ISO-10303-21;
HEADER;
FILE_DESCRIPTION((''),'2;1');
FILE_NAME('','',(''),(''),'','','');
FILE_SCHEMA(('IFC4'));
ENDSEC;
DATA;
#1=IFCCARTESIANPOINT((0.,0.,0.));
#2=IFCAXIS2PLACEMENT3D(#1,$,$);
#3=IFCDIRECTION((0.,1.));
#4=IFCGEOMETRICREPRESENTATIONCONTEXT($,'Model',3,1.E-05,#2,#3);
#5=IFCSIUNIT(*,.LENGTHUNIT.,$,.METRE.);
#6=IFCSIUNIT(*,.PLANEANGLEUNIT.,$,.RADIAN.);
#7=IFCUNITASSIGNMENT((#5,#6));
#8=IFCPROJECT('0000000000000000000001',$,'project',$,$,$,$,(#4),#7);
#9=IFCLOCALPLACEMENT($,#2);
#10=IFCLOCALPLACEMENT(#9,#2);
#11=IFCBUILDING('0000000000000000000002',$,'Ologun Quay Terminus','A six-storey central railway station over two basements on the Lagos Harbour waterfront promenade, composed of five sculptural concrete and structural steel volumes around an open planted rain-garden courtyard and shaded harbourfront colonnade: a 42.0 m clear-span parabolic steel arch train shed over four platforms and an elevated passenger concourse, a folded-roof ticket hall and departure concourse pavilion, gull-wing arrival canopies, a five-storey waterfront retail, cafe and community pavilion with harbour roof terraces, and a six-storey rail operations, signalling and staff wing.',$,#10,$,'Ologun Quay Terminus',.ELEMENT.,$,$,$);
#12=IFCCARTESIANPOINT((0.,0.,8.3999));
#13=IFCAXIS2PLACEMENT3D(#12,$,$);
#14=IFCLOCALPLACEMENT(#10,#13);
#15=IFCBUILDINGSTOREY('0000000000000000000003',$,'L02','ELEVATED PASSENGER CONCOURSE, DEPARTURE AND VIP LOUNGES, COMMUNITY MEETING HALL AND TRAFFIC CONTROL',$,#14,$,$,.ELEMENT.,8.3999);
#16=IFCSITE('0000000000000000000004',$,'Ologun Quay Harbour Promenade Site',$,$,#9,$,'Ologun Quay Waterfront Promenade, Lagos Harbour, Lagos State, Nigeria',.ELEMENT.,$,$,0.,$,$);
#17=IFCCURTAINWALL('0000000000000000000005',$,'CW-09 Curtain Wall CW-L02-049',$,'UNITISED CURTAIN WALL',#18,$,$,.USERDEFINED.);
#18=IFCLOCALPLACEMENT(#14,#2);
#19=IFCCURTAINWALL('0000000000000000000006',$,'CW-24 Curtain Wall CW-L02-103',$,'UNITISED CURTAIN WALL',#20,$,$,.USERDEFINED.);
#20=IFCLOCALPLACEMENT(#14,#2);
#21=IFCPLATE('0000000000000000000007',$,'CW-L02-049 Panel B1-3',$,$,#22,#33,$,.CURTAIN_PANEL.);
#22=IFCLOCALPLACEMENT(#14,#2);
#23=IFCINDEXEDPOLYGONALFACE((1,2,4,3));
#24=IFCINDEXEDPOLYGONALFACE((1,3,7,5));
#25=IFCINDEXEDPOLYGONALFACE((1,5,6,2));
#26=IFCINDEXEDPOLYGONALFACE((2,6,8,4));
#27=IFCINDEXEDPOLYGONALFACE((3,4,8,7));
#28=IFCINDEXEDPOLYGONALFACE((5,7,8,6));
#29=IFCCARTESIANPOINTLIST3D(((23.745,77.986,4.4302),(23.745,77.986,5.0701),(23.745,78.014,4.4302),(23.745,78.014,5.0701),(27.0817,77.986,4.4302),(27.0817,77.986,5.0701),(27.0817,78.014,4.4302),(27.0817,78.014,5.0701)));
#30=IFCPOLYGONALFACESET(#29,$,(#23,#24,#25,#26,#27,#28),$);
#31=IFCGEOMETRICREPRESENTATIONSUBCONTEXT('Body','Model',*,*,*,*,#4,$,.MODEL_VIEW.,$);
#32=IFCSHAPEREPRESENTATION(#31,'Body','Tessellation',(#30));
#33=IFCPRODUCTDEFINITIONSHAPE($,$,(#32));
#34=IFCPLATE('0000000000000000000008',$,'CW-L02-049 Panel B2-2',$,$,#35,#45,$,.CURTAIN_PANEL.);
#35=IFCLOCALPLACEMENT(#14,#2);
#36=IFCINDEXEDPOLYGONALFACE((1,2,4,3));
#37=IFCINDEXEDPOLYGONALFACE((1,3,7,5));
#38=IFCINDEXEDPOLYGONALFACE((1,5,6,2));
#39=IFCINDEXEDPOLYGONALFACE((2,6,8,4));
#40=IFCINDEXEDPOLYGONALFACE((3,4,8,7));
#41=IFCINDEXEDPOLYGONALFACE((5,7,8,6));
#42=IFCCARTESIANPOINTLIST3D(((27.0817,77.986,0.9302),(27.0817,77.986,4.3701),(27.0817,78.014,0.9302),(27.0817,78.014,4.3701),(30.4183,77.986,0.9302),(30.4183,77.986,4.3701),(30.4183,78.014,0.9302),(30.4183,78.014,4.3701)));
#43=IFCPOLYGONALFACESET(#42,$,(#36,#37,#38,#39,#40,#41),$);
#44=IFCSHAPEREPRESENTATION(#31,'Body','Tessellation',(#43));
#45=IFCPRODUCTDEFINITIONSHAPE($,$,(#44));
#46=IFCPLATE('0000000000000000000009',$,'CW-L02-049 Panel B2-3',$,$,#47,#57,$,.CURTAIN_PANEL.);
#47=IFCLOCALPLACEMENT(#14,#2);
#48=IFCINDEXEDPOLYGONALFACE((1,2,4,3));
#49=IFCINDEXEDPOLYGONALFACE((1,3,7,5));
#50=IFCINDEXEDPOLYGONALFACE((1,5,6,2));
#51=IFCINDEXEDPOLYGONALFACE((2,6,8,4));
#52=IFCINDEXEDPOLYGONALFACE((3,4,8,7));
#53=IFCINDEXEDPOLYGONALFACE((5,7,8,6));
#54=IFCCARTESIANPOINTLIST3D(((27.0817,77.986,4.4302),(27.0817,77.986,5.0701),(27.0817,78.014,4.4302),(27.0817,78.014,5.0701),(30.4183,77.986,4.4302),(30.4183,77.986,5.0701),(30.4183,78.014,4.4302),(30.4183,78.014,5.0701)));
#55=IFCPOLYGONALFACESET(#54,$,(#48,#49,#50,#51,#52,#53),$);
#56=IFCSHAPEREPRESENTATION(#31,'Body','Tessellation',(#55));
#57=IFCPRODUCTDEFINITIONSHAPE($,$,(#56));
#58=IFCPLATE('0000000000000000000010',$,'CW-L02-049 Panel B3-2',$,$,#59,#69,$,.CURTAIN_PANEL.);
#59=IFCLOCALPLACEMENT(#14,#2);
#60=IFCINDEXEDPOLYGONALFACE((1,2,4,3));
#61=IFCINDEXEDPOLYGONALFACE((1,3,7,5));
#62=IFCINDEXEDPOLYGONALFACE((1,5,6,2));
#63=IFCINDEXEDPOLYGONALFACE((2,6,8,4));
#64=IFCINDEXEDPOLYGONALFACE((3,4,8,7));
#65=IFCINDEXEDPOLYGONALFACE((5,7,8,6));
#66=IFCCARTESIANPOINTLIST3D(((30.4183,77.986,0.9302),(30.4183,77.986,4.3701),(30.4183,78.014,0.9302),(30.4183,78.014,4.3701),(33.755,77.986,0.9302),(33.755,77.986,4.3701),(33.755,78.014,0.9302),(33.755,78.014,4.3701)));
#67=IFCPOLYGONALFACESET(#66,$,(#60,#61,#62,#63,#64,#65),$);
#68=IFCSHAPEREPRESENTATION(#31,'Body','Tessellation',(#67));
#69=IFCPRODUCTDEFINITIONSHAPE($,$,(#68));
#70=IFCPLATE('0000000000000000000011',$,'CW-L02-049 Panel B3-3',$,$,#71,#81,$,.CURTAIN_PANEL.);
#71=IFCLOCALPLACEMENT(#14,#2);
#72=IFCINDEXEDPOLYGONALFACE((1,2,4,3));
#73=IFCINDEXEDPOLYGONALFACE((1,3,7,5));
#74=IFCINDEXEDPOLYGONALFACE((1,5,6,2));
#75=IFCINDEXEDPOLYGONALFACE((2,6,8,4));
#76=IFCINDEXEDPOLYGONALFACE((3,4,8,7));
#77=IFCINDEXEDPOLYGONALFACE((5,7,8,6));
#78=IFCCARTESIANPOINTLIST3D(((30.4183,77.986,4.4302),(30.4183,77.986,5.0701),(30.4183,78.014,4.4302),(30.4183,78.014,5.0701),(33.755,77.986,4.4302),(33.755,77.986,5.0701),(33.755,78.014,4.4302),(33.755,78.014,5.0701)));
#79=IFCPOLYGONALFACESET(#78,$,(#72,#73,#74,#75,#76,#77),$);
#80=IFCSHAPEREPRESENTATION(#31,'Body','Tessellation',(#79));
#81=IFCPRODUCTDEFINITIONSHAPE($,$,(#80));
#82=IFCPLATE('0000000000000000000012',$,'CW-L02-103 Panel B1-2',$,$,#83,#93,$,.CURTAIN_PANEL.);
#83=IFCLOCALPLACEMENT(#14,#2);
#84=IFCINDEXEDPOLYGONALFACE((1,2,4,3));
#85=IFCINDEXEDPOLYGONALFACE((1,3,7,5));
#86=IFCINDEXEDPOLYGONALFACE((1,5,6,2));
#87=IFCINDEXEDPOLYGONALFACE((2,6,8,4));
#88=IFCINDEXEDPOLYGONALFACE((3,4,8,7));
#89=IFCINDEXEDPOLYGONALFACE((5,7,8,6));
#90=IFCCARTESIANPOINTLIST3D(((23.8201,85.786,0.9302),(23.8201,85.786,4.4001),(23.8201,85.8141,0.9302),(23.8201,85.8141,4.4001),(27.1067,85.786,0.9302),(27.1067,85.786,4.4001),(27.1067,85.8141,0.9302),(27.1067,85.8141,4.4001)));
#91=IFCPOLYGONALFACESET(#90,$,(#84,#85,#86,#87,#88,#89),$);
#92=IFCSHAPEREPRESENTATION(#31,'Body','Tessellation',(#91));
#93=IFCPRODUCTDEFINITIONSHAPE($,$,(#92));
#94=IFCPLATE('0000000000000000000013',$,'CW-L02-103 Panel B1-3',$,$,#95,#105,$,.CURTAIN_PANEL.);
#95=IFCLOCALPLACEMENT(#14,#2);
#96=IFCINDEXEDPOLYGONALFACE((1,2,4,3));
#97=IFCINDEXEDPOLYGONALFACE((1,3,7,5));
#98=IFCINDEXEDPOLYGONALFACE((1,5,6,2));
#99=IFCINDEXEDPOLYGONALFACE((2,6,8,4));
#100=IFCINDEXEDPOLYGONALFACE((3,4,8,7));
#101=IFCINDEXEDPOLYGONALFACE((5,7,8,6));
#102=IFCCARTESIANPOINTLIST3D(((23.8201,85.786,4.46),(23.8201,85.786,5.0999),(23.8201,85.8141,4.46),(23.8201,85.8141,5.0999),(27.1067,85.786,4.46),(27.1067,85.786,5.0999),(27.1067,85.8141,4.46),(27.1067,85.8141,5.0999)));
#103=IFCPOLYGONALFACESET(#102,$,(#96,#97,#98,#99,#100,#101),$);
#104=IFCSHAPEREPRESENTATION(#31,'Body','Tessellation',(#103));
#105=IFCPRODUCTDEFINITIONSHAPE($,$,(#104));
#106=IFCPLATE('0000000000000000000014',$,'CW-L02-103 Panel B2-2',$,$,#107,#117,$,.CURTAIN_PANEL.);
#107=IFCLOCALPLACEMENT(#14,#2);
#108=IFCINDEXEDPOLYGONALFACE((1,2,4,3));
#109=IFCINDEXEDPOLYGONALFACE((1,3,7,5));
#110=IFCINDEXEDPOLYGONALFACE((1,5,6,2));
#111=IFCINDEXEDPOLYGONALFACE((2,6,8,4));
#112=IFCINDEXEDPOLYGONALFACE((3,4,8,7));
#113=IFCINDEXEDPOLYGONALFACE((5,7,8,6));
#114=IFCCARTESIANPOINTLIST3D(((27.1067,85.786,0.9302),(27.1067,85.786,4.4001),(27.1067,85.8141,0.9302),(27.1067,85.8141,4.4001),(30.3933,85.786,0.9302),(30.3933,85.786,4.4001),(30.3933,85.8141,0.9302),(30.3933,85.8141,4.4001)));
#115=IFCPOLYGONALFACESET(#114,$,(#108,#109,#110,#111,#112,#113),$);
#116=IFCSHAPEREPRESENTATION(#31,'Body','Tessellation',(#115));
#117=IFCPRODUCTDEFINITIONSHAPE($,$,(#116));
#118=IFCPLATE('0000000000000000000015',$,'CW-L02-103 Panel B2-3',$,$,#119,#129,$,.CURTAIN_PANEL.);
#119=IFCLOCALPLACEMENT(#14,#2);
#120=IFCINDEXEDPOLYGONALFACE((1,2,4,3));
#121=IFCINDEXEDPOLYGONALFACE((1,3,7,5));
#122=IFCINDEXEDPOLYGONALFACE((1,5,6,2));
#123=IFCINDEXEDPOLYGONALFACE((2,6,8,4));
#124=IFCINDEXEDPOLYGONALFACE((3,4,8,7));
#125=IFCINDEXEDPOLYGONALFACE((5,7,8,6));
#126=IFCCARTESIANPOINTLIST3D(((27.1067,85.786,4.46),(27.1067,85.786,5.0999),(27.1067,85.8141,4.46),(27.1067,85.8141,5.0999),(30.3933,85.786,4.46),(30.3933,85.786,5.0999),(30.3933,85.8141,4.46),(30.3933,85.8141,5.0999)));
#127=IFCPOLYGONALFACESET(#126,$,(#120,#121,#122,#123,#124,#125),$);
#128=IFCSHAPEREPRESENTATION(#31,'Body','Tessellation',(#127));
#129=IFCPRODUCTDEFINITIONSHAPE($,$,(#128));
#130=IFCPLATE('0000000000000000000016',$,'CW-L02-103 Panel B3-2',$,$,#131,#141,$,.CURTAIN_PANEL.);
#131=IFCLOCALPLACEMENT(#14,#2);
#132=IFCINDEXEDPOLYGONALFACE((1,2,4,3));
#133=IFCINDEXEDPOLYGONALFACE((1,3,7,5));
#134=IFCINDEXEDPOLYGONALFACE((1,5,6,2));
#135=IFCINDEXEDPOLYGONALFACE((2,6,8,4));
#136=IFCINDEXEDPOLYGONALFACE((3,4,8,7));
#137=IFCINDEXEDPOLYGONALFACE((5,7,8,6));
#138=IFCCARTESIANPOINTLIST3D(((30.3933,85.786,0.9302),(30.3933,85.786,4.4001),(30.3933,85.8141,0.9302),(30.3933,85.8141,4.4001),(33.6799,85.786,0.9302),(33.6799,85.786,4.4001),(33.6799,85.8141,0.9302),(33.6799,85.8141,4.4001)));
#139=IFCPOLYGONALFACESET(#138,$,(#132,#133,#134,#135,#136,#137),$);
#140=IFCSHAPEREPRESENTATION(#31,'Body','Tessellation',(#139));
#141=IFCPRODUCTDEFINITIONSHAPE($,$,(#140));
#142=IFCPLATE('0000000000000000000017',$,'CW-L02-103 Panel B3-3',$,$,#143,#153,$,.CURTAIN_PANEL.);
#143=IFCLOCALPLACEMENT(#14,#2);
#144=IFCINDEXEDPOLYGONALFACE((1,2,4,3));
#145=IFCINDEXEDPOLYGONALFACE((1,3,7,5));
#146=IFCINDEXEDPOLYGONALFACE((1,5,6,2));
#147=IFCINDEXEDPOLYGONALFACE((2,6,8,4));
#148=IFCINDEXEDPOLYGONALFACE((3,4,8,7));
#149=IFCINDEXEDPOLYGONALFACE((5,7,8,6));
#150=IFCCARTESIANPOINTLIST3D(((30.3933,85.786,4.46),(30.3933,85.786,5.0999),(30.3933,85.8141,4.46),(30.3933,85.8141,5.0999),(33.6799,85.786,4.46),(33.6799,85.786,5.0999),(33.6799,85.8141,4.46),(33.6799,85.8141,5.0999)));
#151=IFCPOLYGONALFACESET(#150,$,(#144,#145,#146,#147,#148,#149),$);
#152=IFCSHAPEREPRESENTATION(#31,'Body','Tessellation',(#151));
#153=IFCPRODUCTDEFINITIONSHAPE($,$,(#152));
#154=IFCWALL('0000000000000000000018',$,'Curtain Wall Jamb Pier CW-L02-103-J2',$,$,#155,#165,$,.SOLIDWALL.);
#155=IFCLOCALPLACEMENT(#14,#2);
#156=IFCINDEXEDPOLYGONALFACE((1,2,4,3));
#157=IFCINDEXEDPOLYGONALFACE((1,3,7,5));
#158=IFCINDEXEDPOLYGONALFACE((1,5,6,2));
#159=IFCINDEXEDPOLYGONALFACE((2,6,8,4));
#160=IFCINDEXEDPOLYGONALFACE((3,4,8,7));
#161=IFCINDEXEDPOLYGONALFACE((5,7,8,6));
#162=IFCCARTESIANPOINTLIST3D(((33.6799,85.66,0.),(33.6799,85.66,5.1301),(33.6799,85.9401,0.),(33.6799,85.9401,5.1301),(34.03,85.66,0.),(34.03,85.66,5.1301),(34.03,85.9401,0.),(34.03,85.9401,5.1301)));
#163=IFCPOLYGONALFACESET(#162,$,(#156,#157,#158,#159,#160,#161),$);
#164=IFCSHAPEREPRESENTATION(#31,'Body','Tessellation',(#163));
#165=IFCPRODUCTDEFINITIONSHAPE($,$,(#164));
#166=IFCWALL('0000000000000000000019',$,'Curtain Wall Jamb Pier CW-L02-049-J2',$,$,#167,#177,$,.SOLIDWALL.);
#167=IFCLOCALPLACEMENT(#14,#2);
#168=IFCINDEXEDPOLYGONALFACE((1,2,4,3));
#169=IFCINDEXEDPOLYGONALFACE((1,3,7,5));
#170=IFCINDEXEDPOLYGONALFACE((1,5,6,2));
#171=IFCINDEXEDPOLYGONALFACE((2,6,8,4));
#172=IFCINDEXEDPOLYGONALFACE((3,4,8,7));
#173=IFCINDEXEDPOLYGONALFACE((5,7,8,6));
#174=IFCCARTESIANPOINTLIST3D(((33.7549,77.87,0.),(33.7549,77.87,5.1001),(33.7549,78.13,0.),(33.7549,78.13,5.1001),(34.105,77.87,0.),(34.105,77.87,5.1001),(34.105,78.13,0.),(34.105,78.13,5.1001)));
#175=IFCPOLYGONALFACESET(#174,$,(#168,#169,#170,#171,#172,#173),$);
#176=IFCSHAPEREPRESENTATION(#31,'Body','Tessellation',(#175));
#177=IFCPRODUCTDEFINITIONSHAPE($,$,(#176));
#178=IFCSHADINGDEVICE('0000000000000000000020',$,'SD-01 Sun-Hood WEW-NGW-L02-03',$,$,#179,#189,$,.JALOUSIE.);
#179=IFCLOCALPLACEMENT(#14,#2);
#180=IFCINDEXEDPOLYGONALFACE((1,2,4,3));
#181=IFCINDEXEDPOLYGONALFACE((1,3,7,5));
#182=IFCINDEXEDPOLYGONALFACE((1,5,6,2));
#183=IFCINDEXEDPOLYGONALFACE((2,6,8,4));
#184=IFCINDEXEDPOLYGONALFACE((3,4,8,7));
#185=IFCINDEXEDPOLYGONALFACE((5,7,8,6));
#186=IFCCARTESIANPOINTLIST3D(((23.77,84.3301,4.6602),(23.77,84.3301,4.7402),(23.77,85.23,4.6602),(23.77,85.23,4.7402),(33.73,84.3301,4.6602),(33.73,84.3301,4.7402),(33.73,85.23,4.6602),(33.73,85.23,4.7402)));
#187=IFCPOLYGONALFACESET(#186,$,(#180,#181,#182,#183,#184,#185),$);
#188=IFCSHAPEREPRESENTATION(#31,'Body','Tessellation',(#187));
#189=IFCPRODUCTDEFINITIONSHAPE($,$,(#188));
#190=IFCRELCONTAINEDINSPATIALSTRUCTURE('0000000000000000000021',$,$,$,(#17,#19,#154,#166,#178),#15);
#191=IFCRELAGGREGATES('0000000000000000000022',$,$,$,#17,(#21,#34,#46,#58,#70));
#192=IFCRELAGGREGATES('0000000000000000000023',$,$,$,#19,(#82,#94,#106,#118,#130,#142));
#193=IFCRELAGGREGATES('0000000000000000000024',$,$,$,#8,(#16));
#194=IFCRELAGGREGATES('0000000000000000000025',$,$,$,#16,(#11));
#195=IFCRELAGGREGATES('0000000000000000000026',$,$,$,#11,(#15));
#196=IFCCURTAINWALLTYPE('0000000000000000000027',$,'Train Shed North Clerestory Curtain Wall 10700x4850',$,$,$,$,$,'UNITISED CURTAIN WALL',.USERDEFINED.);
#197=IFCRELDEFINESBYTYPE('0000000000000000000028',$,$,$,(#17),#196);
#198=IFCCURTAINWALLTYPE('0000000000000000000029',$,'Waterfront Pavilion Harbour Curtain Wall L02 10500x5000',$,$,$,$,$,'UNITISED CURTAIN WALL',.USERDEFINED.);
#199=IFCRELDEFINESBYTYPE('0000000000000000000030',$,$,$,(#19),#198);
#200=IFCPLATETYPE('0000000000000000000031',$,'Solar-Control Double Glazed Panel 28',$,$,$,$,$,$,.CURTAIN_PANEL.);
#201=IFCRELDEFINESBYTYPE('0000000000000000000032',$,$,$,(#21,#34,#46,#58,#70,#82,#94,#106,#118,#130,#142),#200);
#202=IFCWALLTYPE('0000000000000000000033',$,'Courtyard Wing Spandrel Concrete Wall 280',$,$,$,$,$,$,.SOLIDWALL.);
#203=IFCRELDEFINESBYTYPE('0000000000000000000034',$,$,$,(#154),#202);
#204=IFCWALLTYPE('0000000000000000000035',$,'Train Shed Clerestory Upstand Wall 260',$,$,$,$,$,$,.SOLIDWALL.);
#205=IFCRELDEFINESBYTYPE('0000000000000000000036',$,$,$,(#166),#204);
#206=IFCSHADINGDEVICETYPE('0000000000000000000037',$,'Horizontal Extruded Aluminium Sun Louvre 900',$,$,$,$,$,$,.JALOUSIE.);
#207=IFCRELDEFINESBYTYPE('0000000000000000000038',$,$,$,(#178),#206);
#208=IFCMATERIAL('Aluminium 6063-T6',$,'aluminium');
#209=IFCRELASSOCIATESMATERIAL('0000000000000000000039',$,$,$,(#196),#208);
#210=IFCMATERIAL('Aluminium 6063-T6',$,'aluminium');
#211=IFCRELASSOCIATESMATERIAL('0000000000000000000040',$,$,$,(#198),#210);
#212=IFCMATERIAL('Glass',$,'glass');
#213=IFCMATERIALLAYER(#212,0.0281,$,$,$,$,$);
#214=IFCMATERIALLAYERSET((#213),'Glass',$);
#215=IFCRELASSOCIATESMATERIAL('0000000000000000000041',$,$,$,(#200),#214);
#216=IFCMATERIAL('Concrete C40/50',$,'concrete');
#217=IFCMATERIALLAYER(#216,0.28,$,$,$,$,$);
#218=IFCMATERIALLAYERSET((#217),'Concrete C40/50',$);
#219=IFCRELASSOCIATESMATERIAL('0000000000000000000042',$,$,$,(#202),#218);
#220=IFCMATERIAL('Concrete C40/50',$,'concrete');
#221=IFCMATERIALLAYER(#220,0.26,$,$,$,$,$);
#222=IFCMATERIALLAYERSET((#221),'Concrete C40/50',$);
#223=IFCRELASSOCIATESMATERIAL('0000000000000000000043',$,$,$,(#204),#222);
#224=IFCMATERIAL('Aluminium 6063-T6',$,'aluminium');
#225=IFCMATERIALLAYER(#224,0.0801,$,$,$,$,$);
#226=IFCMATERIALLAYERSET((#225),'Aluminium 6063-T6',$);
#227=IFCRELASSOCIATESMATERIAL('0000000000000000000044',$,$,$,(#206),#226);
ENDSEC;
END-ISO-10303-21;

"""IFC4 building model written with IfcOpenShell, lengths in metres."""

from ifc_helpers import new_model, si_unit, direction, frame, frame_2d, origin, origin_2d, place, context, subcontext, project, spatial, rectangle, extrude, material, layer, layer_set, type_object, element, aggregate, save


model = new_model("IFC4")

# Units and contexts
model_context = context("Model", 3, precision=1e-05, world=origin(), true_north=direction((0.0, 1.0)))
body_context = subcontext(model_context, "Body", "Model", "MODEL_VIEW")
ifc_project = project(units=[si_unit("LENGTHUNIT", "METRE"), si_unit("PLANEANGLEUNIT", "RADIAN")], contexts=[model_context])

# Site, building, storey
site_placement = place(None, origin())
site = spatial("IfcSite", under=ifc_project, at=site_placement, Name="Ologun Quay Harbour Promenade Site", LongName="Ologun Quay Waterfront Promenade, Lagos Harbour, Lagos State, Nigeria", CompositionType="ELEMENT", RefElevation=0.0)
building_placement = place(site_placement, origin())
building = spatial("IfcBuilding", under=site, at=building_placement, Name="Ologun Quay Terminus", Description="A six-storey central railway station over two basements on the Lagos Harbour waterfront promenade, composed of five sculptural concrete and structural steel volumes around an open planted rain-garden courtyard and shaded harbourfront colonnade: a 42.0 m clear-span parabolic steel arch train shed over four platforms and an elevated passenger concourse, a folded-roof ticket hall and departure concourse pavilion, gull-wing arrival canopies, a five-storey waterfront retail, cafe and community pavilion with harbour roof terraces, and a six-storey rail operations, signalling and staff wing.", LongName="Ologun Quay Terminus", CompositionType="ELEMENT")
storey_placement = place(building_placement, frame((0.0, 0.0, 8.3999)))
storey = spatial("IfcBuildingStorey", under=building, at=storey_placement, Name="L02", Description="ELEVATED PASSENGER CONCOURSE, DEPARTURE AND VIP LOUNGES, COMMUNITY MEETING HALL AND TRAFFIC CONTROL", CompositionType="ELEMENT", Elevation=8.3999)

# Curtain walls
ifc_material_1 = material(Name="Aluminium 6063-T6", Category="aluminium")
curtain_wall_type_1 = type_object("IfcCurtainWallType", Name="Train Shed North Clerestory Curtain Wall 10700x4850", ElementType="UNITISED CURTAIN WALL", PredefinedType="USERDEFINED", material=ifc_material_1)
curtain_wall_1_placement = place(storey_placement, origin())
curtain_wall_1 = element("IfcCurtainWall", 1, at=curtain_wall_1_placement, inside=storey, type_object=curtain_wall_type_1, Name="CW-09 Curtain Wall CW-L02-049", ObjectType="UNITISED CURTAIN WALL", PredefinedType="USERDEFINED")
ifc_material_2 = material(Name="Aluminium 6063-T6", Category="aluminium")
curtain_wall_type_2 = type_object("IfcCurtainWallType", Name="Waterfront Pavilion Harbour Curtain Wall L02 10500x5000", ElementType="UNITISED CURTAIN WALL", PredefinedType="USERDEFINED", material=ifc_material_2)
curtain_wall_2_placement = place(storey_placement, origin())
curtain_wall_2 = element("IfcCurtainWall", 2, at=curtain_wall_2_placement, inside=storey, type_object=curtain_wall_type_2, Name="CW-24 Curtain Wall CW-L02-103", ObjectType="UNITISED CURTAIN WALL", PredefinedType="USERDEFINED")

# Plates
ifc_material_3 = material(Name="Glass", Category="glass")
ifc_layer_1 = layer(ifc_material_3, 0.0281)
ifc_layer_set_1 = layer_set([ifc_layer_1], Name="Glass")
plate_type_1 = type_object("IfcPlateType", Name="Solar-Control Double Glazed Panel 28", PredefinedType="CURTAIN_PANEL", material=ifc_layer_set_1)
plate_1_placement = place(storey_placement, frame((25.4133, 78.0, 4.4302), z_axis=(0.0, 0.0, 1.0), x_axis=(1.0, 0.0, 0.0)))
plate_1 = element("IfcPlate", 3, at=plate_1_placement, type_object=plate_type_1, Name="CW-L02-049 Panel B1-3", PredefinedType="CURTAIN_PANEL", context=body_context, shape_type="SweptSolid", body=[
    extrude(rectangle(XDim=3.3367, YDim=0.0281, at=origin_2d()), origin(), (0.0, 0.0, 1.0), 0.6399),
])
plate_2_placement = place(storey_placement, frame((28.75, 78.0, 0.9302), z_axis=(0.0, 0.0, 1.0), x_axis=(1.0, 0.0, 0.0)))
plate_2 = element("IfcPlate", 4, at=plate_2_placement, type_object=plate_type_1, Name="CW-L02-049 Panel B2-2", PredefinedType="CURTAIN_PANEL", context=body_context, shape_type="SweptSolid", body=[
    extrude(rectangle(XDim=3.3367, YDim=0.0281, at=origin_2d()), origin(), (0.0, 0.0, 1.0), 3.4399),
])
plate_3_placement = place(storey_placement, frame((28.75, 78.0, 4.4302), z_axis=(0.0, 0.0, 1.0), x_axis=(1.0, 0.0, 0.0)))
plate_3 = element("IfcPlate", 5, at=plate_3_placement, type_object=plate_type_1, Name="CW-L02-049 Panel B2-3", PredefinedType="CURTAIN_PANEL", context=body_context, shape_type="SweptSolid", body=[
    extrude(rectangle(XDim=3.3367, YDim=0.0281, at=origin_2d()), origin(), (0.0, 0.0, 1.0), 0.6399),
])
plate_4_placement = place(storey_placement, frame((32.0867, 78.0, 0.9302), z_axis=(0.0, 0.0, 1.0), x_axis=(1.0, 0.0, 0.0)))
plate_4 = element("IfcPlate", 6, at=plate_4_placement, type_object=plate_type_1, Name="CW-L02-049 Panel B3-2", PredefinedType="CURTAIN_PANEL", context=body_context, shape_type="SweptSolid", body=[
    extrude(rectangle(XDim=3.3367, YDim=0.0281, at=origin_2d()), origin(), (0.0, 0.0, 1.0), 3.4399),
])
plate_5_placement = place(storey_placement, frame((32.0867, 78.0, 4.4302), z_axis=(0.0, 0.0, 1.0), x_axis=(1.0, 0.0, 0.0)))
plate_5 = element("IfcPlate", 7, at=plate_5_placement, type_object=plate_type_1, Name="CW-L02-049 Panel B3-3", PredefinedType="CURTAIN_PANEL", context=body_context, shape_type="SweptSolid", body=[
    extrude(rectangle(XDim=3.3367, YDim=0.0281, at=origin_2d()), origin(), (0.0, 0.0, 1.0), 0.6399),
])
aggregate(curtain_wall_1, [plate_1, plate_2, plate_3, plate_4, plate_5])
plate_6_placement = place(storey_placement, frame((25.4634, 85.8, 0.9302), z_axis=(0.0, 0.0, 1.0), x_axis=(1.0, 0.0, 0.0)))
plate_6 = element("IfcPlate", 8, at=plate_6_placement, type_object=plate_type_1, Name="CW-L02-103 Panel B1-2", PredefinedType="CURTAIN_PANEL", context=body_context, shape_type="SweptSolid", body=[
    extrude(rectangle(XDim=3.2866, YDim=0.0281, at=origin_2d()), origin(), (0.0, 0.0, 1.0), 3.47),
])
plate_7_placement = place(storey_placement, frame((25.4634, 85.8, 4.46), z_axis=(0.0, 0.0, 1.0), x_axis=(1.0, 0.0, 0.0)))
plate_7 = element("IfcPlate", 9, at=plate_7_placement, type_object=plate_type_1, Name="CW-L02-103 Panel B1-3", PredefinedType="CURTAIN_PANEL", context=body_context, shape_type="SweptSolid", body=[
    extrude(rectangle(XDim=3.2866, YDim=0.0281, at=origin_2d()), origin(), (0.0, 0.0, 1.0), 0.6399),
])
plate_8_placement = place(storey_placement, frame((28.75, 85.8, 0.9302), z_axis=(0.0, 0.0, 1.0), x_axis=(1.0, 0.0, 0.0)))
plate_8 = element("IfcPlate", 10, at=plate_8_placement, type_object=plate_type_1, Name="CW-L02-103 Panel B2-2", PredefinedType="CURTAIN_PANEL", context=body_context, shape_type="SweptSolid", body=[
    extrude(rectangle(XDim=3.2866, YDim=0.0281, at=origin_2d()), origin(), (0.0, 0.0, 1.0), 3.47),
])
plate_9_placement = place(storey_placement, frame((28.75, 85.8, 4.46), z_axis=(0.0, 0.0, 1.0), x_axis=(1.0, 0.0, 0.0)))
plate_9 = element("IfcPlate", 11, at=plate_9_placement, type_object=plate_type_1, Name="CW-L02-103 Panel B2-3", PredefinedType="CURTAIN_PANEL", context=body_context, shape_type="SweptSolid", body=[
    extrude(rectangle(XDim=3.2866, YDim=0.0281, at=origin_2d()), origin(), (0.0, 0.0, 1.0), 0.6399),
])
plate_10_placement = place(storey_placement, frame((32.0366, 85.8, 0.9302), z_axis=(0.0, 0.0, 1.0), x_axis=(1.0, 0.0, 0.0)))
plate_10 = element("IfcPlate", 12, at=plate_10_placement, type_object=plate_type_1, Name="CW-L02-103 Panel B3-2", PredefinedType="CURTAIN_PANEL", context=body_context, shape_type="SweptSolid", body=[
    extrude(rectangle(XDim=3.2866, YDim=0.0281, at=origin_2d()), origin(), (0.0, 0.0, 1.0), 3.47),
])
plate_11_placement = place(storey_placement, frame((32.0366, 85.8, 4.46), z_axis=(0.0, 0.0, 1.0), x_axis=(1.0, 0.0, 0.0)))
plate_11 = element("IfcPlate", 13, at=plate_11_placement, type_object=plate_type_1, Name="CW-L02-103 Panel B3-3", PredefinedType="CURTAIN_PANEL", context=body_context, shape_type="SweptSolid", body=[
    extrude(rectangle(XDim=3.2866, YDim=0.0281, at=origin_2d()), origin(), (0.0, 0.0, 1.0), 0.6399),
])
aggregate(curtain_wall_2, [plate_6, plate_7, plate_8, plate_9, plate_10, plate_11])

# Walls
ifc_material_4 = material(Name="Concrete C40/50", Category="concrete")
ifc_layer_2 = layer(ifc_material_4, 0.28)
ifc_layer_set_2 = layer_set([ifc_layer_2], Name="Concrete C40/50")
wall_type_1 = type_object("IfcWallType", Name="Courtyard Wing Spandrel Concrete Wall 280", PredefinedType="SOLIDWALL", material=ifc_layer_set_2)
wall_1_placement = place(storey_placement, frame((33.6799, 85.8, 0.0), z_axis=(0.0, 0.0, 1.0), x_axis=(1.0, 0.0, 0.0)))
element("IfcWall", 14, at=wall_1_placement, inside=storey, type_object=wall_type_1, Name="Curtain Wall Jamb Pier CW-L02-103-J2", PredefinedType="SOLIDWALL", context=body_context, shape_type="SweptSolid", body=[
    extrude(rectangle(XDim=0.3501, YDim=0.28, at=frame_2d((0.175, 0.0))), origin(), (0.0, 0.0, 1.0), 5.1301),
])
ifc_material_5 = material(Name="Concrete C40/50", Category="concrete")
ifc_layer_3 = layer(ifc_material_5, 0.26)
ifc_layer_set_3 = layer_set([ifc_layer_3], Name="Concrete C40/50")
wall_type_2 = type_object("IfcWallType", Name="Train Shed Clerestory Upstand Wall 260", PredefinedType="SOLIDWALL", material=ifc_layer_set_3)
wall_2_placement = place(storey_placement, frame((33.7549, 78.0, 0.0), z_axis=(0.0, 0.0, 1.0), x_axis=(1.0, 0.0, 0.0)))
element("IfcWall", 15, at=wall_2_placement, inside=storey, type_object=wall_type_2, Name="Curtain Wall Jamb Pier CW-L02-049-J2", PredefinedType="SOLIDWALL", context=body_context, shape_type="SweptSolid", body=[
    extrude(rectangle(XDim=0.3501, YDim=0.26, at=frame_2d((0.175, 0.0))), origin(), (0.0, 0.0, 1.0), 5.1001),
])

# Shading device
ifc_material_6 = material(Name="Aluminium 6063-T6", Category="aluminium")
ifc_layer_4 = layer(ifc_material_6, 0.0801)
ifc_layer_set_4 = layer_set([ifc_layer_4], Name="Aluminium 6063-T6")
shading_device_type = type_object("IfcShadingDeviceType", Name="Horizontal Extruded Aluminium Sun Louvre 900", PredefinedType="JALOUSIE", material=ifc_layer_set_4)
shading_device_placement = place(storey_placement, frame((28.75, 84.78, 4.6602), z_axis=(0.0, 0.0, 1.0), x_axis=(1.0, 0.0, 0.0)))
element("IfcShadingDevice", 16, at=shading_device_placement, inside=storey, type_object=shading_device_type, Name="SD-01 Sun-Hood WEW-NGW-L02-03", PredefinedType="JALOUSIE", context=body_context, shape_type="SweptSolid", body=[
    extrude(rectangle(XDim=9.96, YDim=0.8999, at=origin_2d()), origin(), (0.0, 0.0, 1.0), 0.0801),
])

save(model, "model.ifc")
